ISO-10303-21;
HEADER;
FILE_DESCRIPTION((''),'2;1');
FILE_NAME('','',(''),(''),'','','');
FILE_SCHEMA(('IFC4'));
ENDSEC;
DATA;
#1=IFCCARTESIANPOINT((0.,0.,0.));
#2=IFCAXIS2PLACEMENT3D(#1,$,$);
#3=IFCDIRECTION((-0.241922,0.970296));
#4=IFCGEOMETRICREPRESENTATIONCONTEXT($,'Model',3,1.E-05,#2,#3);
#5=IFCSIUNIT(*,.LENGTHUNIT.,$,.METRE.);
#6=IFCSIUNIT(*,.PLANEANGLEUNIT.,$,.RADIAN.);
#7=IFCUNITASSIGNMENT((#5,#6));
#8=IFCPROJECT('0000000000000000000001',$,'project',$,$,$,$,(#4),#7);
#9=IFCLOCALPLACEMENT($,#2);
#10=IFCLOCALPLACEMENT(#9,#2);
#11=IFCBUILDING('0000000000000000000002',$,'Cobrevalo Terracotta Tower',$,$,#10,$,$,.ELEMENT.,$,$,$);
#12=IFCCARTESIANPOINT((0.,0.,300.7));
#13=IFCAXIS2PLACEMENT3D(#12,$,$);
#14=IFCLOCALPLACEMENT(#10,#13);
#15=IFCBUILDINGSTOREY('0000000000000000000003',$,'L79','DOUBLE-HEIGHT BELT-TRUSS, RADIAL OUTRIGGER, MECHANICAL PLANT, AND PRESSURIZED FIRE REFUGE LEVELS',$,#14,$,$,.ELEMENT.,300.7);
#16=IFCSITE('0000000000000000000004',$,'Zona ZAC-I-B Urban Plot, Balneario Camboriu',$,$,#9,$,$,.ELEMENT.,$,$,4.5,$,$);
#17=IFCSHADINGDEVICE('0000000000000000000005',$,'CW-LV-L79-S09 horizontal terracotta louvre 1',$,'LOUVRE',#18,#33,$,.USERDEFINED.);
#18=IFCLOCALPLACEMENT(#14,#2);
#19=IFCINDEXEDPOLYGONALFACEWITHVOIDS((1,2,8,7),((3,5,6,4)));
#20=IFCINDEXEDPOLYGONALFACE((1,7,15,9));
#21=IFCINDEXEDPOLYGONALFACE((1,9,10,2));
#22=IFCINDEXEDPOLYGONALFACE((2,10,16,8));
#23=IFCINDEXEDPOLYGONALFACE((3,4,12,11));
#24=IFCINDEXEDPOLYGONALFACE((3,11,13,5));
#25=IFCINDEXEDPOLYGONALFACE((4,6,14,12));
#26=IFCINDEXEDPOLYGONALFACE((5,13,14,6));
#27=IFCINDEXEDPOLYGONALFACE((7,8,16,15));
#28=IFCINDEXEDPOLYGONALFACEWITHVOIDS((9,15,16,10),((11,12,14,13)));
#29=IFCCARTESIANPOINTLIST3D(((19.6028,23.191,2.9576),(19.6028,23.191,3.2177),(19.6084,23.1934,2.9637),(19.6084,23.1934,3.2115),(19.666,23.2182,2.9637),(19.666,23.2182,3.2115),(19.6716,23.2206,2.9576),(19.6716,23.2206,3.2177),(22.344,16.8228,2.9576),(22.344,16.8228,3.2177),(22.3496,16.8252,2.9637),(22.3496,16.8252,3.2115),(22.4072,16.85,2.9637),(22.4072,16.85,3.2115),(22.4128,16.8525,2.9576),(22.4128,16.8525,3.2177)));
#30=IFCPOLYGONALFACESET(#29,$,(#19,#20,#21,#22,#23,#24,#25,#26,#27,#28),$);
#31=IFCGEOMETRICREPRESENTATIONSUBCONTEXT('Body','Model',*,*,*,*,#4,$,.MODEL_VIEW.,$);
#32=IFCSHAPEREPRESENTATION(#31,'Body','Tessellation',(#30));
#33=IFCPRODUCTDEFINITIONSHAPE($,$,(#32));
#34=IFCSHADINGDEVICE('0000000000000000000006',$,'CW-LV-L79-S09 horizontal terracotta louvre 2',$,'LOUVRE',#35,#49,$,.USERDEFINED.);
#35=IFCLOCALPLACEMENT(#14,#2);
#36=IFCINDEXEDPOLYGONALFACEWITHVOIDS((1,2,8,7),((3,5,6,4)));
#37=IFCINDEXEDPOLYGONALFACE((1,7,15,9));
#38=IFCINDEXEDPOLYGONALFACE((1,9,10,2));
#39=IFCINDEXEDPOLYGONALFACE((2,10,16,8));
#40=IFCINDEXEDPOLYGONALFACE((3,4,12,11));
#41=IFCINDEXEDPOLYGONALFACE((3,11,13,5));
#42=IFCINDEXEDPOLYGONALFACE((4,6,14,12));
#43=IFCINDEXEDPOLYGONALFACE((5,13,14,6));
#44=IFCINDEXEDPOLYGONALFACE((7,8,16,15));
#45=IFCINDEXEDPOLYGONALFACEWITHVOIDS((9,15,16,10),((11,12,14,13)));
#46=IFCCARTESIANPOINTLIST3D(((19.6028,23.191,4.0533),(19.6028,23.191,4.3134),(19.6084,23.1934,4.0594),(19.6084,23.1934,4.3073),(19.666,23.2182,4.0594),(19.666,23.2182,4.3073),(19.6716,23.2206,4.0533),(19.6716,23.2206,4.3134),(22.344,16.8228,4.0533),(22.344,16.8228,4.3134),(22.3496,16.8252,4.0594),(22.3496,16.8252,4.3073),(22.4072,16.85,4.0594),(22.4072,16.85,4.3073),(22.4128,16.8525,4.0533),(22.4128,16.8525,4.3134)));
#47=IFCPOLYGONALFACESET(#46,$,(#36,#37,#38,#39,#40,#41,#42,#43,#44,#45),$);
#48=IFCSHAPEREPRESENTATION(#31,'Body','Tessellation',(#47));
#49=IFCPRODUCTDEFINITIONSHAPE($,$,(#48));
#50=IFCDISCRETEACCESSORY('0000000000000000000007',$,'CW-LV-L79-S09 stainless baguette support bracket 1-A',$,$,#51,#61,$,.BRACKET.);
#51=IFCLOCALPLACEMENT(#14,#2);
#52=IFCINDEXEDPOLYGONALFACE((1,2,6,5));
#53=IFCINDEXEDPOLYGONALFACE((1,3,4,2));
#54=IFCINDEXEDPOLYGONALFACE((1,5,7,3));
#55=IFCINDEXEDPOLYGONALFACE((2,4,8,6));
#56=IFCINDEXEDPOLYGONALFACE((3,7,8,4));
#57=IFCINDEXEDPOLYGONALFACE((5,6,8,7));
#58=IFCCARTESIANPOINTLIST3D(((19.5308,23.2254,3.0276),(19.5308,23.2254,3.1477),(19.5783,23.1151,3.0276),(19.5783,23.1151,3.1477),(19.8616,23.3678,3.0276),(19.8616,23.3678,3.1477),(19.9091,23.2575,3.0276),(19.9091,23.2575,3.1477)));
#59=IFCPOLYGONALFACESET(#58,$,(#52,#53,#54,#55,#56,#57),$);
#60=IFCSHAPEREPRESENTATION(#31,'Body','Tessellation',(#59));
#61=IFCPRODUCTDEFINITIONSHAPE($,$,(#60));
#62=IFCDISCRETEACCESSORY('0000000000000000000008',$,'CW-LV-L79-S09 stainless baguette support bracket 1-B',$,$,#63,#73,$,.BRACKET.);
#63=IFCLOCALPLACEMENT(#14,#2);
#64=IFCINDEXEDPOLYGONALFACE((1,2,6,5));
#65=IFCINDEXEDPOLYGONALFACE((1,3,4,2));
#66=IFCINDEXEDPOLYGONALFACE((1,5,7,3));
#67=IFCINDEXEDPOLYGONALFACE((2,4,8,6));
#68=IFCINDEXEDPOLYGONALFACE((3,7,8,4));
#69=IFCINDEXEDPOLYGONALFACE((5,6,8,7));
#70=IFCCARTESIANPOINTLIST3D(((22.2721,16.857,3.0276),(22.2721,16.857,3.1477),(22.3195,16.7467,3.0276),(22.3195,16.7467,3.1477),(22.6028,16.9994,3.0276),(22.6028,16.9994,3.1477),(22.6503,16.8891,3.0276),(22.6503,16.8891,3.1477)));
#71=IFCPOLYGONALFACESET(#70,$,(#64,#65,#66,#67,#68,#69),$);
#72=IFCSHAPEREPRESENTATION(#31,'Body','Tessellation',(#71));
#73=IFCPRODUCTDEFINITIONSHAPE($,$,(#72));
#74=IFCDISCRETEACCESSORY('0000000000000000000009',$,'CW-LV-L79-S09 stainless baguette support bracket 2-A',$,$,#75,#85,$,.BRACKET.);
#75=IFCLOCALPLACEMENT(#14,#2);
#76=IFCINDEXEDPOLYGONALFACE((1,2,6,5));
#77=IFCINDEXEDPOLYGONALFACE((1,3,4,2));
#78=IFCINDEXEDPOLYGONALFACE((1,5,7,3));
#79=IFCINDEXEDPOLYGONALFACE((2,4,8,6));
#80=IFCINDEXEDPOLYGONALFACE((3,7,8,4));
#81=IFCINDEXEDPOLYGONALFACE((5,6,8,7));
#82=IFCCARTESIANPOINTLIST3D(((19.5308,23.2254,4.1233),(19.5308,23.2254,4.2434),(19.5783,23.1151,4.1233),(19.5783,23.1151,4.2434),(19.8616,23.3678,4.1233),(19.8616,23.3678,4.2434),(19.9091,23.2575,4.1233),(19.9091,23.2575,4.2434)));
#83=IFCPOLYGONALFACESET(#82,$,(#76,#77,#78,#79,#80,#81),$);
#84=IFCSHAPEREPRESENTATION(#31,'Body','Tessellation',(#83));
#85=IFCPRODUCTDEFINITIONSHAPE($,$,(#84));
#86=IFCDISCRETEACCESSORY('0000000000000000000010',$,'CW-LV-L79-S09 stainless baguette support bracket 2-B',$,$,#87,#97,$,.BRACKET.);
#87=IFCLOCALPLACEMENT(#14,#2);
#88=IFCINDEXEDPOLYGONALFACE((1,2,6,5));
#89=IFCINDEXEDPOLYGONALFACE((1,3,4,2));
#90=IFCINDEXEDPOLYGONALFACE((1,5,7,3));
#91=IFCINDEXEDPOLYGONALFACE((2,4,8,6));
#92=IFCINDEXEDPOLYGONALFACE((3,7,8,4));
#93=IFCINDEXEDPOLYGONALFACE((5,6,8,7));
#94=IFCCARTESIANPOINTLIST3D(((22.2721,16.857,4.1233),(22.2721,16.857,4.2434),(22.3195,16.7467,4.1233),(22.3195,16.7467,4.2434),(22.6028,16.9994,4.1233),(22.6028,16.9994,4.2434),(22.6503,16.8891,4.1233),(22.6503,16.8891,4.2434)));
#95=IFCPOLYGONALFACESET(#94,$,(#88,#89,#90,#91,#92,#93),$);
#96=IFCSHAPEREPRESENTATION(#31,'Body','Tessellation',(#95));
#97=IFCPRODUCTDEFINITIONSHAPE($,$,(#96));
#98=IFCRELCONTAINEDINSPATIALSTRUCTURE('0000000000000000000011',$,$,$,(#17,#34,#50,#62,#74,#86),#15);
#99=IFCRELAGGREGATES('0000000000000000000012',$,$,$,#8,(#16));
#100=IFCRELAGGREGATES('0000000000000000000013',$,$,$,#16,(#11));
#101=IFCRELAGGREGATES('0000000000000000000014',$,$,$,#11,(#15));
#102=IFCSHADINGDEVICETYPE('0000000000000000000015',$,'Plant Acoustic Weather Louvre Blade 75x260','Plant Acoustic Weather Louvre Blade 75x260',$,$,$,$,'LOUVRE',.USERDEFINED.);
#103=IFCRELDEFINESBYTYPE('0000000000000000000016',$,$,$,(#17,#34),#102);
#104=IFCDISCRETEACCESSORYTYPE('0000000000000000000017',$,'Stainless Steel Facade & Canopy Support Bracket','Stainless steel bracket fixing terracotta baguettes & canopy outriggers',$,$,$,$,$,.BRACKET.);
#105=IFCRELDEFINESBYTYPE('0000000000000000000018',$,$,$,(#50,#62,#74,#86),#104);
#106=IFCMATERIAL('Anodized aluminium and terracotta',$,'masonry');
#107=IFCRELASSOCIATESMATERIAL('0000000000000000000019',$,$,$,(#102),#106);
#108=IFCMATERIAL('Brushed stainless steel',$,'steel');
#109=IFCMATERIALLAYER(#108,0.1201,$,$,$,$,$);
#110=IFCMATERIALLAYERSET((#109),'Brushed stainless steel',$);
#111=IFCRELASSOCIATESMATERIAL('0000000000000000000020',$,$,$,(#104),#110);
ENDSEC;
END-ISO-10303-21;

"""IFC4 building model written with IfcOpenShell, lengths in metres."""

from ifc_helpers import new_model, si_unit, direction, frame, origin, origin_2d, place, context, subcontext, project, spatial, rectangle, hollow_rectangle, extrude, source, transform, mapped, material, layer, layer_set, material_profile, profile_set, type_object, element, save


model = new_model("IFC4")

# Units and contexts
model_context = context("Model", 3, precision=1e-05, world=origin(), true_north=direction((-0.241922, 0.970296)))
body_context = subcontext(model_context, "Body", "Model", "MODEL_VIEW")
ifc_project = project(units=[si_unit("LENGTHUNIT", "METRE"), si_unit("PLANEANGLEUNIT", "RADIAN")], contexts=[model_context])

# Site, building, storey
site_placement = place(None, origin())
site = spatial("IfcSite", under=ifc_project, at=site_placement, Name="Zona ZAC-I-B Urban Plot, Balneario Camboriu", CompositionType="ELEMENT", RefElevation=4.5)
building_placement = place(site_placement, origin())
building = spatial("IfcBuilding", under=site, at=building_placement, Name="Cobrevalo Terracotta Tower", CompositionType="ELEMENT")
storey_placement = place(building_placement, frame((0.0, 0.0, 300.7)))
storey = spatial("IfcBuildingStorey", under=building, at=storey_placement, Name="L79", Description="DOUBLE-HEIGHT BELT-TRUSS, RADIAL OUTRIGGER, MECHANICAL PLANT, AND PRESSURIZED FIRE REFUGE LEVELS", CompositionType="ELEMENT", Elevation=300.7)

# Shading devices
ifc_material_1 = material(Name="Anodized aluminium and terracotta", Category="masonry")
ifc_material_profile_1 = material_profile(ifc_material_1, hollow_rectangle(XDim=0.075, YDim=0.26, WallThickness=0.0061, at=origin_2d()), Name="LOUVRE BLADE 75x260")
ifc_profile_set_1 = profile_set([ifc_material_profile_1], Name="Anodized aluminium and terracotta")
shading_device_type = type_object("IfcShadingDeviceType", Name="Plant Acoustic Weather Louvre Blade 75x260", Description="Plant Acoustic Weather Louvre Blade 75x260", ElementType="LOUVRE", PredefinedType="USERDEFINED", material=ifc_profile_set_1)
shared_shape_1 = source(origin(), body_context, "Body", "SweptSolid", [
    extrude(hollow_rectangle(XDim=0.075, YDim=0.26, WallThickness=0.0061, at=origin_2d()), origin(), (0.0, 0.0, 1.0), 6.9331),
])
for number, where, z_axis, x_axis, name in (
    (1, (19.6372, 23.2058, 3.0876), (0.395381, -0.918517, 0.0), (0.918517, 0.395381, 0.0), "CW-LV-L79-S09 horizontal terracotta louvre 1"),
    (2, (19.6372, 23.2058, 4.1833), (0.395381, -0.918517, 0.0), (0.918517, 0.395381, 0.0), "CW-LV-L79-S09 horizontal terracotta louvre 2"),
):
    element("IfcShadingDevice", number, at=place(storey_placement, frame(where, z_axis=z_axis, x_axis=x_axis)), inside=storey, type_object=shading_device_type, Name=name, ObjectType="LOUVRE", PredefinedType="USERDEFINED", context=body_context, shape_type="MappedRepresentation", body=[
        mapped(shared_shape_1, transform((0.0, 0.0, 0.0), scale=1.0)),
    ])

# Discrete accessories
ifc_material_2 = material(Name="Brushed stainless steel", Category="steel")
ifc_layer_1 = layer(ifc_material_2, 0.1201)
ifc_layer_set_1 = layer_set([ifc_layer_1], Name="Brushed stainless steel")
discrete_accessory_type = type_object("IfcDiscreteAccessoryType", Name="Stainless Steel Facade & Canopy Support Bracket", Description="Stainless steel bracket fixing terracotta baguettes & canopy outriggers", PredefinedType="BRACKET", material=ifc_layer_set_1)
shared_shape_2 = source(origin(), body_context, "Body", "SweptSolid", [
    extrude(rectangle(XDim=0.1201, YDim=0.3601, at=origin_2d()), origin(), (0.0, 0.0, 1.0), 0.1201),
])
for number, where, z_axis, x_axis, name in (
    (3, (19.72, 23.2415, 3.0276), (0.0, 0.0, 1.0), (0.395368, -0.918523, 0.0), "CW-LV-L79-S09 stainless baguette support bracket 1-A"),
    (4, (22.4612, 16.873, 3.0276), (0.0, 0.0, 1.0), (0.395368, -0.918523, 0.0), "CW-LV-L79-S09 stainless baguette support bracket 1-B"),
    (5, (19.72, 23.2415, 4.1233), (0.0, 0.0, 1.0), (0.395368, -0.918523, 0.0), "CW-LV-L79-S09 stainless baguette support bracket 2-A"),
    (6, (22.4612, 16.873, 4.1233), (0.0, 0.0, 1.0), (0.395368, -0.918523, 0.0), "CW-LV-L79-S09 stainless baguette support bracket 2-B"),
):
    element("IfcDiscreteAccessory", number, at=place(storey_placement, frame(where, z_axis=z_axis, x_axis=x_axis)), inside=storey, type_object=discrete_accessory_type, Name=name, PredefinedType="BRACKET", context=body_context, shape_type="MappedRepresentation", body=[
        mapped(shared_shape_2, transform((0.0, 0.0, 0.0), scale=1.0)),
    ])

save(model, "model.ifc")
